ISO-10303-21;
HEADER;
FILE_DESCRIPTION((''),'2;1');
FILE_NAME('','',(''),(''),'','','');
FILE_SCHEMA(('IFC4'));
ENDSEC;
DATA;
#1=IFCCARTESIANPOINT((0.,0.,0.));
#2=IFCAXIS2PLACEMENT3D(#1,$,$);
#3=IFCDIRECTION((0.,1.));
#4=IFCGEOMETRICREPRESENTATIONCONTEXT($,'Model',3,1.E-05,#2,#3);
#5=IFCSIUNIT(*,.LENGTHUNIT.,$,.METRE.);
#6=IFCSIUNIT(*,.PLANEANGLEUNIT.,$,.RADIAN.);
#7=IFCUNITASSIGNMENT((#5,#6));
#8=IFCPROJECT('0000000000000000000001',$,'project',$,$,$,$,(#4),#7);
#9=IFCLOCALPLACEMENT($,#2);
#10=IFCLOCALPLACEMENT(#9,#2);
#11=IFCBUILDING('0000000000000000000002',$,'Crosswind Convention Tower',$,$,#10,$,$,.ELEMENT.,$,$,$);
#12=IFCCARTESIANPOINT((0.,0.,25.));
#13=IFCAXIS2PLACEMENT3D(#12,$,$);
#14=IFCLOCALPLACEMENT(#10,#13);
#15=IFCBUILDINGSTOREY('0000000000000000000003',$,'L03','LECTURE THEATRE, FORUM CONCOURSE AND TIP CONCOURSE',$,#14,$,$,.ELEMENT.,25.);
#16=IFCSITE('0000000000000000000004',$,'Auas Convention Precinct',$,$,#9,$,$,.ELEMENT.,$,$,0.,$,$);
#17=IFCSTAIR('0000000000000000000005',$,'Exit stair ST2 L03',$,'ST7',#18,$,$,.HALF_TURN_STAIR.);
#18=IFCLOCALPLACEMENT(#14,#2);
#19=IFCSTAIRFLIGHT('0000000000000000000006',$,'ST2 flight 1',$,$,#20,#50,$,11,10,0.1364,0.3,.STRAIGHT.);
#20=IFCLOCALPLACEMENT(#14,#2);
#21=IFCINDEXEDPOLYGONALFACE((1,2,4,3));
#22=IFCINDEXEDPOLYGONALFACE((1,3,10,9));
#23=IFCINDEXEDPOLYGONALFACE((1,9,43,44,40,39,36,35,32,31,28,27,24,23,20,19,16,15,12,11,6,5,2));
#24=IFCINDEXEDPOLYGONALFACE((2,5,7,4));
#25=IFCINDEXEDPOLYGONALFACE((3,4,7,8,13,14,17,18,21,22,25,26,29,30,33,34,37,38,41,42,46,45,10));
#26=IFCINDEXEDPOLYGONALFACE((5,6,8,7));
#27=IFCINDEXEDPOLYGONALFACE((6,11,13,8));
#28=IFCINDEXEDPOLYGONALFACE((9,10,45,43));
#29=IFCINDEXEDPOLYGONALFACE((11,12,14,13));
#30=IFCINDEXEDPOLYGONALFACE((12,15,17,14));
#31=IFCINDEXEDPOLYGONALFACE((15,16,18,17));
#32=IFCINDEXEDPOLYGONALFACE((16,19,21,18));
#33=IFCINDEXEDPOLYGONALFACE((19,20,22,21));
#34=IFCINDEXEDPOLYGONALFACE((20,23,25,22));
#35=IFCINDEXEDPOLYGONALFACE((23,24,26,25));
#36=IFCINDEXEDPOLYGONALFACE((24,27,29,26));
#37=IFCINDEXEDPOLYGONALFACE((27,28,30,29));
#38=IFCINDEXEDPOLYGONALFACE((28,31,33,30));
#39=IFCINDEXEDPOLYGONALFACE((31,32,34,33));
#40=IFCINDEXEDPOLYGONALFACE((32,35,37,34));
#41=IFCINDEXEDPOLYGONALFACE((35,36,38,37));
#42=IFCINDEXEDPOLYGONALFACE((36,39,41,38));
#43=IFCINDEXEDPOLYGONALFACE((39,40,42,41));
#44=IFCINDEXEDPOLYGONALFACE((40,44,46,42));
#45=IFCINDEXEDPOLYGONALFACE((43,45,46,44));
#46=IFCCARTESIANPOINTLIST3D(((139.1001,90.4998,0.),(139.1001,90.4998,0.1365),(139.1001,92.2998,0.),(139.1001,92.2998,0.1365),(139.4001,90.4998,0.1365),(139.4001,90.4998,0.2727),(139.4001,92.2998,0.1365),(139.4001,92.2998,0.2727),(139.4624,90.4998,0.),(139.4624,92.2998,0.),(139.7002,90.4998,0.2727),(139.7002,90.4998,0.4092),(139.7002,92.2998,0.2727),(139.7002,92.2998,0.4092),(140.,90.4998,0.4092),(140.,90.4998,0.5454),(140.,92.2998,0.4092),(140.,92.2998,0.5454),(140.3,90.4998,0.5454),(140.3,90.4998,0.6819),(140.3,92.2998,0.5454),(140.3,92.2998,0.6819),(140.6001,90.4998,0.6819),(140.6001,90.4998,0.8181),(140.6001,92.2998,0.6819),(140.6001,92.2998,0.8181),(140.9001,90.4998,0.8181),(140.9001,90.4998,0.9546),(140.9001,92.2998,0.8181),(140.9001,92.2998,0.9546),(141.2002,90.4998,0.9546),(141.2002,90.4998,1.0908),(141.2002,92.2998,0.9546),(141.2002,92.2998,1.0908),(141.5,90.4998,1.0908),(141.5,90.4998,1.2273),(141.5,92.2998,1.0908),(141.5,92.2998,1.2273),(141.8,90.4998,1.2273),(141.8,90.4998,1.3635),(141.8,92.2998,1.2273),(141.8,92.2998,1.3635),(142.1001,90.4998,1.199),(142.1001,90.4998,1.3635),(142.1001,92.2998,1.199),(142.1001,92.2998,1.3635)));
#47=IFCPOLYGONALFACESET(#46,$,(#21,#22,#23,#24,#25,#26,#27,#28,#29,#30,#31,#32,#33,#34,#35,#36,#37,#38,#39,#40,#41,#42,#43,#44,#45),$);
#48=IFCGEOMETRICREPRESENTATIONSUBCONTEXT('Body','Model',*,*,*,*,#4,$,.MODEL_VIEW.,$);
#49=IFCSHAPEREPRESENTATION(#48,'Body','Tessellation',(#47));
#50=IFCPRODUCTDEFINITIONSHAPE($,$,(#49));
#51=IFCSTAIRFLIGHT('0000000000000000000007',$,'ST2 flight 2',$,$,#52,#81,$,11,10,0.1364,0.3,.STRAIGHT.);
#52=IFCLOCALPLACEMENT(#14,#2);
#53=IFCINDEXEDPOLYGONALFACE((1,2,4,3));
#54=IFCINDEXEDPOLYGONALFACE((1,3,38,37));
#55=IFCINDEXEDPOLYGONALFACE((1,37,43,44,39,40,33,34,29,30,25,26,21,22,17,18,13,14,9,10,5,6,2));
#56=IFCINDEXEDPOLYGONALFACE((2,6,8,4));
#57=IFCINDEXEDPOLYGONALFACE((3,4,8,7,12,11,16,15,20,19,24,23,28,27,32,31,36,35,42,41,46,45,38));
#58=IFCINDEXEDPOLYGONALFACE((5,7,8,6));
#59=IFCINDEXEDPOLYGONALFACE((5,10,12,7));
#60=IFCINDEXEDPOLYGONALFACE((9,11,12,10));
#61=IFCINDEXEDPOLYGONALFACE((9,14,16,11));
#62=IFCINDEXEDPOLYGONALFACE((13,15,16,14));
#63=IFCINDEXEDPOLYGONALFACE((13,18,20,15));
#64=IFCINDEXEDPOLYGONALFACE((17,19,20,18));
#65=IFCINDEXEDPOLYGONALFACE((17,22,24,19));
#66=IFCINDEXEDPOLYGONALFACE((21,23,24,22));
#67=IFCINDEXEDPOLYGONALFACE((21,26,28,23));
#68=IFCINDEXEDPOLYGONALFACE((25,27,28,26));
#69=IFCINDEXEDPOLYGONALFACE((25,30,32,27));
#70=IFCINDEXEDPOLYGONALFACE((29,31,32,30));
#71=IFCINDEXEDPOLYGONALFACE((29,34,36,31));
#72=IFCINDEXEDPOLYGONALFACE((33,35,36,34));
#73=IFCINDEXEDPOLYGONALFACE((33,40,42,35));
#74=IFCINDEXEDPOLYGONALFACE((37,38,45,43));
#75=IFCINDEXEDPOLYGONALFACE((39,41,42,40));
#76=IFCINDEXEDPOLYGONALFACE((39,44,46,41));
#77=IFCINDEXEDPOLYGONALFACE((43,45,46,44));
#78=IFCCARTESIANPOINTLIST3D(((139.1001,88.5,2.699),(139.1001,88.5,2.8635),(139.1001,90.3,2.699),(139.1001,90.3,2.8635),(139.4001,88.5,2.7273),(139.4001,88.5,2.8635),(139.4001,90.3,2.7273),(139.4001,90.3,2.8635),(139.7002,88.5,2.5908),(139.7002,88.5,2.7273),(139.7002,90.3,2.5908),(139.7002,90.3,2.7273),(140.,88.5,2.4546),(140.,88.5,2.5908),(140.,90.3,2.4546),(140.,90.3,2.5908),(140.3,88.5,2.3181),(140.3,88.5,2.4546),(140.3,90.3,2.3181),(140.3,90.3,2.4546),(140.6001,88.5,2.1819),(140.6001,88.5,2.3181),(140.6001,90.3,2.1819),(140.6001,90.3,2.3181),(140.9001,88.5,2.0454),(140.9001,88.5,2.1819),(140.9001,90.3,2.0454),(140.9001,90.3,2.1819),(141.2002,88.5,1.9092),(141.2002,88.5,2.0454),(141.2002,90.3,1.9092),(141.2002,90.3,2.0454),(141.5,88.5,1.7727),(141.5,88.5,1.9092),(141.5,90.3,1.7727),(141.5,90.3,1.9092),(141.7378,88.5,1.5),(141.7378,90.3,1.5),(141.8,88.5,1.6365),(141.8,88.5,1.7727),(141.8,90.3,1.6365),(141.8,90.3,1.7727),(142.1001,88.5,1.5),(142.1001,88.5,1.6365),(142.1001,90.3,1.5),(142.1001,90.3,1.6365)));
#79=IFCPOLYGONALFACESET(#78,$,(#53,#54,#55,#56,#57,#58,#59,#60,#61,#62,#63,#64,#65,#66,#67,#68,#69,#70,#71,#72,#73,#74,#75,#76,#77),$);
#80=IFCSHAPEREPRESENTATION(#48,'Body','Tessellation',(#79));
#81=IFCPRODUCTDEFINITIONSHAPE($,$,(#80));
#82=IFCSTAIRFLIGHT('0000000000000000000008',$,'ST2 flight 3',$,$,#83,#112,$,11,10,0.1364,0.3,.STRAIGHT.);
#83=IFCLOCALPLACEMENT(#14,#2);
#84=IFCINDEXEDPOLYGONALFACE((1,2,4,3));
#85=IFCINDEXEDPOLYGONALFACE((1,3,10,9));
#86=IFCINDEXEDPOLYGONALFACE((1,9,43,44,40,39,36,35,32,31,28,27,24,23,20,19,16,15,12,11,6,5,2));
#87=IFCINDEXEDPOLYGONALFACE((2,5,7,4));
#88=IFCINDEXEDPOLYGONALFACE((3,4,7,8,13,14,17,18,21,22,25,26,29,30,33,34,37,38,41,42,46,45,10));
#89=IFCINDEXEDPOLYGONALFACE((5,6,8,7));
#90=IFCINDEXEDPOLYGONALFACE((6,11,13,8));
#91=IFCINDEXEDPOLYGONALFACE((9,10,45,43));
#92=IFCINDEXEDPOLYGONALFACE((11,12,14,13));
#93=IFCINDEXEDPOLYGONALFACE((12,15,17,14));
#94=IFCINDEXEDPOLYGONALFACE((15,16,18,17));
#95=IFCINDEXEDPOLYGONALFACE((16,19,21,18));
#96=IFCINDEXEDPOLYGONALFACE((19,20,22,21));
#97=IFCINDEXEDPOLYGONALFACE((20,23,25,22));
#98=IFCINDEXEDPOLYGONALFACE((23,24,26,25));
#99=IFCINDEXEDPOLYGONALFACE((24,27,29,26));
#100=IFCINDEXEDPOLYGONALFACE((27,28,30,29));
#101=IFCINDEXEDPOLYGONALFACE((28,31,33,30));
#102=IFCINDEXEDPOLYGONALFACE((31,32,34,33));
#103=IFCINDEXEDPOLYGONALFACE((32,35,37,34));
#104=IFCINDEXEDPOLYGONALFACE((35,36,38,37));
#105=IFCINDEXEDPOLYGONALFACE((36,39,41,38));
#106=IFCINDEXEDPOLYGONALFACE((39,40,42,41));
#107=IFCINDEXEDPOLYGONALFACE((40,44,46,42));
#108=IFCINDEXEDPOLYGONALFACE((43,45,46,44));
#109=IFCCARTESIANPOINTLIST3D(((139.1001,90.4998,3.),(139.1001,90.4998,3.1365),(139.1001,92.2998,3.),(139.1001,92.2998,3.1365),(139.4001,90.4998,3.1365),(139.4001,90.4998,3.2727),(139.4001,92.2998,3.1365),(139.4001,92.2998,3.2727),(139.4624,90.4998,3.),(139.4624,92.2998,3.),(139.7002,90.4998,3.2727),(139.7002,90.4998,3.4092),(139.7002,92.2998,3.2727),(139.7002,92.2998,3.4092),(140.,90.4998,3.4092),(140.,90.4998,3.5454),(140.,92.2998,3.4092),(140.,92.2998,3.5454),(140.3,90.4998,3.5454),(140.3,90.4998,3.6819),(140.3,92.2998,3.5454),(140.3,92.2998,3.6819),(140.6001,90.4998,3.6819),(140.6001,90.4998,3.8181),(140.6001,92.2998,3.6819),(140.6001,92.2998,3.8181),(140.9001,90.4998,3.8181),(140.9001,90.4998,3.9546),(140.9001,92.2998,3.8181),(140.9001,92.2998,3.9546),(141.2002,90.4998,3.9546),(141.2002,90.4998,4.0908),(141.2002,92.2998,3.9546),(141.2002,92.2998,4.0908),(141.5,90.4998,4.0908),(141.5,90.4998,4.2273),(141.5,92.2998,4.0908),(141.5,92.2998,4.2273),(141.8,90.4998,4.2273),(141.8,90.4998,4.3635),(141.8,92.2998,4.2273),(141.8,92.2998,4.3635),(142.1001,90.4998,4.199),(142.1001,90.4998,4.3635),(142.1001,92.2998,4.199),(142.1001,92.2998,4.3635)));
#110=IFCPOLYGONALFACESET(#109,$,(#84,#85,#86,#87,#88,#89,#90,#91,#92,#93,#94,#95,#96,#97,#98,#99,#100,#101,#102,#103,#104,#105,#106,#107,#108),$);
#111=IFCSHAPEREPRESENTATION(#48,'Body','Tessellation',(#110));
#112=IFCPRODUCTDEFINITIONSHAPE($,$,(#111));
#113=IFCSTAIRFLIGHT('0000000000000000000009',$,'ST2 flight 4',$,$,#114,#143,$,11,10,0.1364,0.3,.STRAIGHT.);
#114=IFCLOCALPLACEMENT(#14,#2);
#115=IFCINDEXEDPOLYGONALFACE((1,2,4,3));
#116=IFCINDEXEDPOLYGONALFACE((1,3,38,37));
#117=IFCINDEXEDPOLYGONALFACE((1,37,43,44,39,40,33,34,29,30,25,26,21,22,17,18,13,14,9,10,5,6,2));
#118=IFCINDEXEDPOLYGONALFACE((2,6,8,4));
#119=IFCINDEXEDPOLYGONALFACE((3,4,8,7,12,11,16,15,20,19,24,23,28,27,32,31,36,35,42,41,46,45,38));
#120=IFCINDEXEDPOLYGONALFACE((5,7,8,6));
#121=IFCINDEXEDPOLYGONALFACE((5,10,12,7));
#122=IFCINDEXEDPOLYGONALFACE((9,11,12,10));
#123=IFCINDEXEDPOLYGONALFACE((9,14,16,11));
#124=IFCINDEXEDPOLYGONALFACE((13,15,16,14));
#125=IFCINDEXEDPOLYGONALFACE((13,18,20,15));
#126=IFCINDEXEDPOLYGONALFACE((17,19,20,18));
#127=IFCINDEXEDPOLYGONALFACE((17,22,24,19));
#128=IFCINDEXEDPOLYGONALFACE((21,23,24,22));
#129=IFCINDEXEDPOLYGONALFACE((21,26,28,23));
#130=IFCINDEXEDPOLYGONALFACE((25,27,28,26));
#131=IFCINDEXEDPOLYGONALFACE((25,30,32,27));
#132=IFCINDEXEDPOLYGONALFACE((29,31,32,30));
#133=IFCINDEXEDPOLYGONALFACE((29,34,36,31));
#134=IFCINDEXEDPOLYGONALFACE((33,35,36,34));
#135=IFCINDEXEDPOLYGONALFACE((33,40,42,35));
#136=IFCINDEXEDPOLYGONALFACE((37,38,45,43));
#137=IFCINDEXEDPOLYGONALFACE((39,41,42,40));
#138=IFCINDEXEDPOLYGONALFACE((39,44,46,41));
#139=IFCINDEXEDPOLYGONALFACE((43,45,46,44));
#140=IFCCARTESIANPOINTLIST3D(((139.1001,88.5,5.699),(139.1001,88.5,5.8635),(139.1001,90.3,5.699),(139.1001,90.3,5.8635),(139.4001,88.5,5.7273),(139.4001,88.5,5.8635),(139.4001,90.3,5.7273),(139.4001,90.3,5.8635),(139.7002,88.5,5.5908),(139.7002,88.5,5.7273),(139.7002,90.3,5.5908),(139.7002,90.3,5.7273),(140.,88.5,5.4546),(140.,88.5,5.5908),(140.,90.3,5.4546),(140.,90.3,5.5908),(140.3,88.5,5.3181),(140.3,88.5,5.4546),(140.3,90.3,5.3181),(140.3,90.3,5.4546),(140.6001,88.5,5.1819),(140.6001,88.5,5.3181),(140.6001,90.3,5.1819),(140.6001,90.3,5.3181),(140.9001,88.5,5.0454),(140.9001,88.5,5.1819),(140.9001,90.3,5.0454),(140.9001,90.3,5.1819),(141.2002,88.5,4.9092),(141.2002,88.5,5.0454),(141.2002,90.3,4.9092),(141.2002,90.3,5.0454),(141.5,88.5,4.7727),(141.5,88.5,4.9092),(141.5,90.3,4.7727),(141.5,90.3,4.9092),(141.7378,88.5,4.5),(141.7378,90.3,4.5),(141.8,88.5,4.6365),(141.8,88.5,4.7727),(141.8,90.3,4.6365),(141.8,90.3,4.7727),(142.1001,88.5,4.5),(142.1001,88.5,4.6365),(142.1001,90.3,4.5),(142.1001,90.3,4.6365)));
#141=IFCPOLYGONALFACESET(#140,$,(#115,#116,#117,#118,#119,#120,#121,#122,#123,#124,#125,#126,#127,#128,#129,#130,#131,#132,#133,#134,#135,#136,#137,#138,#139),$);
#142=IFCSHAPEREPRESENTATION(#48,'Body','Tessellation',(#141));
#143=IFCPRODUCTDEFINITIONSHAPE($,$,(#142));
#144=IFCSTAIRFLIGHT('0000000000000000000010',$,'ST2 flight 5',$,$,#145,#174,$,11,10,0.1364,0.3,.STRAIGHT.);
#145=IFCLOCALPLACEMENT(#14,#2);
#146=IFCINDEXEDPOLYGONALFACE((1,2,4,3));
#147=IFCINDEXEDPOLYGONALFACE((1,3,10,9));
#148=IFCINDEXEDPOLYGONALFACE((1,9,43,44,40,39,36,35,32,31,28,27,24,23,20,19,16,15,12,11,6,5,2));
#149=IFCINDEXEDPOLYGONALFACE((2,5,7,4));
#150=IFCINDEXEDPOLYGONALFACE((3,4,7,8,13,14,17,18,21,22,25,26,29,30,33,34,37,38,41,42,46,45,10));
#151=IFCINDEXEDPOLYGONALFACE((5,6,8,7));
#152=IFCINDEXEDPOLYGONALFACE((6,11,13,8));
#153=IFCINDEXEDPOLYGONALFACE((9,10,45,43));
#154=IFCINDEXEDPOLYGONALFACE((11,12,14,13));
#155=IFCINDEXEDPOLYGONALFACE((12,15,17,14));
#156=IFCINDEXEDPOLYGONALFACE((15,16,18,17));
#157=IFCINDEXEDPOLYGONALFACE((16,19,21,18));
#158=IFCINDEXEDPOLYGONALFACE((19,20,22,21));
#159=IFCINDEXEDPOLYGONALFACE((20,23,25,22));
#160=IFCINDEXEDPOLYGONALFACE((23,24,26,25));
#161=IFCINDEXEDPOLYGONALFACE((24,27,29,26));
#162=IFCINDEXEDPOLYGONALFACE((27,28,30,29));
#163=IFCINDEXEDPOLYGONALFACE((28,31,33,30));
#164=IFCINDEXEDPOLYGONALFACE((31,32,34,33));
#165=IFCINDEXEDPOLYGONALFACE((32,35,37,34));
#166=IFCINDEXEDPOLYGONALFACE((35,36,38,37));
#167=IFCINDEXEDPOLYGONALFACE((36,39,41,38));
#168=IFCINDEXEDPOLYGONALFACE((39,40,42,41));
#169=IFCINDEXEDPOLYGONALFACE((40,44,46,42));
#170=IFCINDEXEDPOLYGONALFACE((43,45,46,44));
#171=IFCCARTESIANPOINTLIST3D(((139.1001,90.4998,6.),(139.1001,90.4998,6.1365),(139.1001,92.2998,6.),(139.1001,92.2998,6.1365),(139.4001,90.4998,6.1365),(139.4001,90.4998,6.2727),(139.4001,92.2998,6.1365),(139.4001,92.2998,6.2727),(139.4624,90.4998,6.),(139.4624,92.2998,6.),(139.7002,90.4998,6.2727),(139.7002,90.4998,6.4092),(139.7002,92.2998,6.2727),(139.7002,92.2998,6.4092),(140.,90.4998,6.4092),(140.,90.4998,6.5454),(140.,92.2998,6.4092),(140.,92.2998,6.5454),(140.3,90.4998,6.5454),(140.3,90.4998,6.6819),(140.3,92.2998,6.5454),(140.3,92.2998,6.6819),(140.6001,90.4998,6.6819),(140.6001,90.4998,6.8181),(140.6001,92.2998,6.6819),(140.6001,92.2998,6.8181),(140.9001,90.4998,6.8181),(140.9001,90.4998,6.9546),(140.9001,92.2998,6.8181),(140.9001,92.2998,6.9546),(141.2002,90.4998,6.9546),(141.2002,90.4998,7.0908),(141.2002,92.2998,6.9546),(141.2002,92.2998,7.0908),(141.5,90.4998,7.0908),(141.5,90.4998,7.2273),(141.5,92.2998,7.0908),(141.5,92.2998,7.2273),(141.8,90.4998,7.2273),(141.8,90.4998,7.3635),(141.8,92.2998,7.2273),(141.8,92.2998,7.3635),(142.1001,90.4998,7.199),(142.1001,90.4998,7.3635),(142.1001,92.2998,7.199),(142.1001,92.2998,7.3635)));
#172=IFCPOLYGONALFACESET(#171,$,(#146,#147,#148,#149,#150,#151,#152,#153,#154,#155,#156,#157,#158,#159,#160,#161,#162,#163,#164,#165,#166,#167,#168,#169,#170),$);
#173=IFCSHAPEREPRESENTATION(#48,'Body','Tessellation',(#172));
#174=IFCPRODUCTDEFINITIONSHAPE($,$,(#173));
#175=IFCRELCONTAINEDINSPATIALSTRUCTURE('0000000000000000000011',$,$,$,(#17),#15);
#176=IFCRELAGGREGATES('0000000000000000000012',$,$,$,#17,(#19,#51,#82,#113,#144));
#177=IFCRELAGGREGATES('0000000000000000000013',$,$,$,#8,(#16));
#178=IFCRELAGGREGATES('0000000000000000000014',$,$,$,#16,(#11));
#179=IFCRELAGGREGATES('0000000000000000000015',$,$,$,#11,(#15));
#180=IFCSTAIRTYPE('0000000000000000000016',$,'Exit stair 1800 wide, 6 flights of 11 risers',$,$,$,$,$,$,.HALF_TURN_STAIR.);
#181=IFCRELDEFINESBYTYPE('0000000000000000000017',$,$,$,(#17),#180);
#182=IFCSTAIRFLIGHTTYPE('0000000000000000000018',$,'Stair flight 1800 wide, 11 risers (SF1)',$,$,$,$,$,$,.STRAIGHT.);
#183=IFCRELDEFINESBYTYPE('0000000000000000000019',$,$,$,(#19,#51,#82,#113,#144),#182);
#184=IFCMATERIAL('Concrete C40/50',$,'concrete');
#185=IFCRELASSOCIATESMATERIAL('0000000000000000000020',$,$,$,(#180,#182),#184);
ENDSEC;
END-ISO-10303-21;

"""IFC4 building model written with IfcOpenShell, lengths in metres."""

from ifc_helpers import new_model, si_unit, direction, frame, origin, place, context, subcontext, project, spatial, polyline, outline, extrude, material, type_object, element, aggregate, save


model = new_model("IFC4")

# Units and contexts
model_context = context("Model", 3, precision=1e-05, world=origin(), true_north=direction((0.0, 1.0)))
body_context = subcontext(model_context, "Body", "Model", "MODEL_VIEW")
ifc_project = project(units=[si_unit("LENGTHUNIT", "METRE"), si_unit("PLANEANGLEUNIT", "RADIAN")], contexts=[model_context])

# Site, building, storey
site_placement = place(None, origin())
site = spatial("IfcSite", under=ifc_project, at=site_placement, Name="Auas Convention Precinct", CompositionType="ELEMENT", RefElevation=0.0)
building_placement = place(site_placement, origin())
building = spatial("IfcBuilding", under=site, at=building_placement, Name="Crosswind Convention Tower", CompositionType="ELEMENT")
storey_placement = place(building_placement, frame((0.0, 0.0, 25.0)))
storey = spatial("IfcBuildingStorey", under=building, at=storey_placement, Name="L03", Description="LECTURE THEATRE, FORUM CONCOURSE AND TIP CONCOURSE", CompositionType="ELEMENT", Elevation=25.0)

# Shared definitions
ifc_material_1 = material(Name="Concrete C40/50", Category="concrete")

# Stair, stair flights
stair_type = type_object("IfcStairType", Name="Exit stair 1800 wide, 6 flights of 11 risers", PredefinedType="HALF_TURN_STAIR", material=ifc_material_1)
stair_placement = place(storey_placement, origin())
stair = element("IfcStair", 1, at=stair_placement, inside=storey, type_object=stair_type, Name="Exit stair ST2 L03", ObjectType="ST7", PredefinedType="HALF_TURN_STAIR")
stair_flight_type = type_object("IfcStairFlightType", Name="Stair flight 1800 wide, 11 risers (SF1)", PredefinedType="STRAIGHT", material=ifc_material_1)
stair_flight_1_placement = place(storey_placement, frame((139.1001, 91.3999, 0.0), z_axis=(0.0, 0.0, 1.0), x_axis=(1.0, 0.0, 0.0)))
stair_flight_1 = element("IfcStairFlight", 2, at=stair_flight_1_placement, type_object=stair_flight_type, Name="ST2 flight 1", NumberOfRisers=11, NumberOfTreads=10, PredefinedType="STRAIGHT", RiserHeight=0.1364, TreadLength=0.3, context=body_context, shape_type="SweptSolid", body=[
    extrude(outline(polyline([(0.0, 0.0), (0.0, 0.1365), (0.3, 0.1365), (0.3, 0.2727), (0.6001, 0.2727), (0.6001, 0.4092), (0.8999, 0.4092), (0.8999, 0.5454), (1.2, 0.5454), (1.2, 0.6819), (1.5, 0.6819), (1.5, 0.8181), (1.8, 0.8181), (1.8, 0.9546), (2.1001, 0.9546), (2.1001, 1.0908), (2.3999, 1.0908), (2.3999, 1.2273), (2.7, 1.2273), (2.7, 1.3635), (3.0, 1.3635), (3.0, 1.5), (3.0, 1.199), (0.3623, 0.0), (0.0, 0.0)])), frame((0.0, 0.8999, 0.0), z_axis=(0.0, -1.0, 0.0), x_axis=(1.0, 0.0, 0.0)), (0.0, 0.0, 1.0), 1.8),
])
stair_flight_2_placement = place(storey_placement, frame((142.1001, 89.3999, 1.5), z_axis=(0.0, 0.0, 1.0), x_axis=(-1.0, 0.0, 0.0)))
stair_flight_2 = element("IfcStairFlight", 3, at=stair_flight_2_placement, type_object=stair_flight_type, Name="ST2 flight 2", NumberOfRisers=11, NumberOfTreads=10, PredefinedType="STRAIGHT", RiserHeight=0.1364, TreadLength=0.3, context=body_context, shape_type="SweptSolid", body=[
    extrude(outline(polyline([(0.0, 0.0), (0.0, 0.1365), (0.3, 0.1365), (0.3, 0.2727), (0.6001, 0.2727), (0.6001, 0.4092), (0.8999, 0.4092), (0.8999, 0.5454), (1.2, 0.5454), (1.2, 0.6819), (1.5, 0.6819), (1.5, 0.8181), (1.8, 0.8181), (1.8, 0.9546), (2.1001, 0.9546), (2.1001, 1.0908), (2.3999, 1.0908), (2.3999, 1.2273), (2.7, 1.2273), (2.7, 1.3635), (3.0, 1.3635), (3.0, 1.5), (3.0, 1.199), (0.3623, 0.0), (0.0, 0.0)])), frame((0.0, 0.8999, 0.0), z_axis=(0.0, -1.0, 0.0), x_axis=(1.0, 0.0, 0.0)), (0.0, 0.0, 1.0), 1.8),
])
stair_flight_3_placement = place(storey_placement, frame((139.1001, 91.3999, 3.0), z_axis=(0.0, 0.0, 1.0), x_axis=(1.0, 0.0, 0.0)))
stair_flight_3 = element("IfcStairFlight", 4, at=stair_flight_3_placement, type_object=stair_flight_type, Name="ST2 flight 3", NumberOfRisers=11, NumberOfTreads=10, PredefinedType="STRAIGHT", RiserHeight=0.1364, TreadLength=0.3, context=body_context, shape_type="SweptSolid", body=[
    extrude(outline(polyline([(0.0, 0.0), (0.0, 0.1365), (0.3, 0.1365), (0.3, 0.2727), (0.6001, 0.2727), (0.6001, 0.4092), (0.8999, 0.4092), (0.8999, 0.5454), (1.2, 0.5454), (1.2, 0.6819), (1.5, 0.6819), (1.5, 0.8181), (1.8, 0.8181), (1.8, 0.9546), (2.1001, 0.9546), (2.1001, 1.0908), (2.3999, 1.0908), (2.3999, 1.2273), (2.7, 1.2273), (2.7, 1.3635), (3.0, 1.3635), (3.0, 1.5), (3.0, 1.199), (0.3623, 0.0), (0.0, 0.0)])), frame((0.0, 0.8999, 0.0), z_axis=(0.0, -1.0, 0.0), x_axis=(1.0, 0.0, 0.0)), (0.0, 0.0, 1.0), 1.8),
])
stair_flight_4_placement = place(storey_placement, frame((142.1001, 89.3999, 4.5), z_axis=(0.0, 0.0, 1.0), x_axis=(-1.0, 0.0, 0.0)))
stair_flight_4 = element("IfcStairFlight", 5, at=stair_flight_4_placement, type_object=stair_flight_type, Name="ST2 flight 4", NumberOfRisers=11, NumberOfTreads=10, PredefinedType="STRAIGHT", RiserHeight=0.1364, TreadLength=0.3, context=body_context, shape_type="SweptSolid", body=[
    extrude(outline(polyline([(0.0, 0.0), (0.0, 0.1365), (0.3, 0.1365), (0.3, 0.2727), (0.6001, 0.2727), (0.6001, 0.4092), (0.8999, 0.4092), (0.8999, 0.5454), (1.2, 0.5454), (1.2, 0.6819), (1.5, 0.6819), (1.5, 0.8181), (1.8, 0.8181), (1.8, 0.9546), (2.1001, 0.9546), (2.1001, 1.0908), (2.3999, 1.0908), (2.3999, 1.2273), (2.7, 1.2273), (2.7, 1.3635), (3.0, 1.3635), (3.0, 1.5), (3.0, 1.199), (0.3623, 0.0), (0.0, 0.0)])), frame((0.0, 0.8999, 0.0), z_axis=(0.0, -1.0, 0.0), x_axis=(1.0, 0.0, 0.0)), (0.0, 0.0, 1.0), 1.8),
])
stair_flight_5_placement = place(storey_placement, frame((139.1001, 91.3999, 6.0), z_axis=(0.0, 0.0, 1.0), x_axis=(1.0, 0.0, 0.0)))
stair_flight_5 = element("IfcStairFlight", 6, at=stair_flight_5_placement, type_object=stair_flight_type, Name="ST2 flight 5", NumberOfRisers=11, NumberOfTreads=10, PredefinedType="STRAIGHT", RiserHeight=0.1364, TreadLength=0.3, context=body_context, shape_type="SweptSolid", body=[
    extrude(outline(polyline([(0.0, 0.0), (0.0, 0.1365), (0.3, 0.1365), (0.3, 0.2727), (0.6001, 0.2727), (0.6001, 0.4092), (0.8999, 0.4092), (0.8999, 0.5454), (1.2, 0.5454), (1.2, 0.6819), (1.5, 0.6819), (1.5, 0.8181), (1.8, 0.8181), (1.8, 0.9546), (2.1001, 0.9546), (2.1001, 1.0908), (2.3999, 1.0908), (2.3999, 1.2273), (2.7, 1.2273), (2.7, 1.3635), (3.0, 1.3635), (3.0, 1.5), (3.0, 1.199), (0.3623, 0.0), (0.0, 0.0)])), frame((0.0, 0.8999, 0.0), z_axis=(0.0, -1.0, 0.0), x_axis=(1.0, 0.0, 0.0)), (0.0, 0.0, 1.0), 1.8),
])
aggregate(stair, [stair_flight_1, stair_flight_2, stair_flight_3, stair_flight_4, stair_flight_5])

save(model, "model.ifc")
